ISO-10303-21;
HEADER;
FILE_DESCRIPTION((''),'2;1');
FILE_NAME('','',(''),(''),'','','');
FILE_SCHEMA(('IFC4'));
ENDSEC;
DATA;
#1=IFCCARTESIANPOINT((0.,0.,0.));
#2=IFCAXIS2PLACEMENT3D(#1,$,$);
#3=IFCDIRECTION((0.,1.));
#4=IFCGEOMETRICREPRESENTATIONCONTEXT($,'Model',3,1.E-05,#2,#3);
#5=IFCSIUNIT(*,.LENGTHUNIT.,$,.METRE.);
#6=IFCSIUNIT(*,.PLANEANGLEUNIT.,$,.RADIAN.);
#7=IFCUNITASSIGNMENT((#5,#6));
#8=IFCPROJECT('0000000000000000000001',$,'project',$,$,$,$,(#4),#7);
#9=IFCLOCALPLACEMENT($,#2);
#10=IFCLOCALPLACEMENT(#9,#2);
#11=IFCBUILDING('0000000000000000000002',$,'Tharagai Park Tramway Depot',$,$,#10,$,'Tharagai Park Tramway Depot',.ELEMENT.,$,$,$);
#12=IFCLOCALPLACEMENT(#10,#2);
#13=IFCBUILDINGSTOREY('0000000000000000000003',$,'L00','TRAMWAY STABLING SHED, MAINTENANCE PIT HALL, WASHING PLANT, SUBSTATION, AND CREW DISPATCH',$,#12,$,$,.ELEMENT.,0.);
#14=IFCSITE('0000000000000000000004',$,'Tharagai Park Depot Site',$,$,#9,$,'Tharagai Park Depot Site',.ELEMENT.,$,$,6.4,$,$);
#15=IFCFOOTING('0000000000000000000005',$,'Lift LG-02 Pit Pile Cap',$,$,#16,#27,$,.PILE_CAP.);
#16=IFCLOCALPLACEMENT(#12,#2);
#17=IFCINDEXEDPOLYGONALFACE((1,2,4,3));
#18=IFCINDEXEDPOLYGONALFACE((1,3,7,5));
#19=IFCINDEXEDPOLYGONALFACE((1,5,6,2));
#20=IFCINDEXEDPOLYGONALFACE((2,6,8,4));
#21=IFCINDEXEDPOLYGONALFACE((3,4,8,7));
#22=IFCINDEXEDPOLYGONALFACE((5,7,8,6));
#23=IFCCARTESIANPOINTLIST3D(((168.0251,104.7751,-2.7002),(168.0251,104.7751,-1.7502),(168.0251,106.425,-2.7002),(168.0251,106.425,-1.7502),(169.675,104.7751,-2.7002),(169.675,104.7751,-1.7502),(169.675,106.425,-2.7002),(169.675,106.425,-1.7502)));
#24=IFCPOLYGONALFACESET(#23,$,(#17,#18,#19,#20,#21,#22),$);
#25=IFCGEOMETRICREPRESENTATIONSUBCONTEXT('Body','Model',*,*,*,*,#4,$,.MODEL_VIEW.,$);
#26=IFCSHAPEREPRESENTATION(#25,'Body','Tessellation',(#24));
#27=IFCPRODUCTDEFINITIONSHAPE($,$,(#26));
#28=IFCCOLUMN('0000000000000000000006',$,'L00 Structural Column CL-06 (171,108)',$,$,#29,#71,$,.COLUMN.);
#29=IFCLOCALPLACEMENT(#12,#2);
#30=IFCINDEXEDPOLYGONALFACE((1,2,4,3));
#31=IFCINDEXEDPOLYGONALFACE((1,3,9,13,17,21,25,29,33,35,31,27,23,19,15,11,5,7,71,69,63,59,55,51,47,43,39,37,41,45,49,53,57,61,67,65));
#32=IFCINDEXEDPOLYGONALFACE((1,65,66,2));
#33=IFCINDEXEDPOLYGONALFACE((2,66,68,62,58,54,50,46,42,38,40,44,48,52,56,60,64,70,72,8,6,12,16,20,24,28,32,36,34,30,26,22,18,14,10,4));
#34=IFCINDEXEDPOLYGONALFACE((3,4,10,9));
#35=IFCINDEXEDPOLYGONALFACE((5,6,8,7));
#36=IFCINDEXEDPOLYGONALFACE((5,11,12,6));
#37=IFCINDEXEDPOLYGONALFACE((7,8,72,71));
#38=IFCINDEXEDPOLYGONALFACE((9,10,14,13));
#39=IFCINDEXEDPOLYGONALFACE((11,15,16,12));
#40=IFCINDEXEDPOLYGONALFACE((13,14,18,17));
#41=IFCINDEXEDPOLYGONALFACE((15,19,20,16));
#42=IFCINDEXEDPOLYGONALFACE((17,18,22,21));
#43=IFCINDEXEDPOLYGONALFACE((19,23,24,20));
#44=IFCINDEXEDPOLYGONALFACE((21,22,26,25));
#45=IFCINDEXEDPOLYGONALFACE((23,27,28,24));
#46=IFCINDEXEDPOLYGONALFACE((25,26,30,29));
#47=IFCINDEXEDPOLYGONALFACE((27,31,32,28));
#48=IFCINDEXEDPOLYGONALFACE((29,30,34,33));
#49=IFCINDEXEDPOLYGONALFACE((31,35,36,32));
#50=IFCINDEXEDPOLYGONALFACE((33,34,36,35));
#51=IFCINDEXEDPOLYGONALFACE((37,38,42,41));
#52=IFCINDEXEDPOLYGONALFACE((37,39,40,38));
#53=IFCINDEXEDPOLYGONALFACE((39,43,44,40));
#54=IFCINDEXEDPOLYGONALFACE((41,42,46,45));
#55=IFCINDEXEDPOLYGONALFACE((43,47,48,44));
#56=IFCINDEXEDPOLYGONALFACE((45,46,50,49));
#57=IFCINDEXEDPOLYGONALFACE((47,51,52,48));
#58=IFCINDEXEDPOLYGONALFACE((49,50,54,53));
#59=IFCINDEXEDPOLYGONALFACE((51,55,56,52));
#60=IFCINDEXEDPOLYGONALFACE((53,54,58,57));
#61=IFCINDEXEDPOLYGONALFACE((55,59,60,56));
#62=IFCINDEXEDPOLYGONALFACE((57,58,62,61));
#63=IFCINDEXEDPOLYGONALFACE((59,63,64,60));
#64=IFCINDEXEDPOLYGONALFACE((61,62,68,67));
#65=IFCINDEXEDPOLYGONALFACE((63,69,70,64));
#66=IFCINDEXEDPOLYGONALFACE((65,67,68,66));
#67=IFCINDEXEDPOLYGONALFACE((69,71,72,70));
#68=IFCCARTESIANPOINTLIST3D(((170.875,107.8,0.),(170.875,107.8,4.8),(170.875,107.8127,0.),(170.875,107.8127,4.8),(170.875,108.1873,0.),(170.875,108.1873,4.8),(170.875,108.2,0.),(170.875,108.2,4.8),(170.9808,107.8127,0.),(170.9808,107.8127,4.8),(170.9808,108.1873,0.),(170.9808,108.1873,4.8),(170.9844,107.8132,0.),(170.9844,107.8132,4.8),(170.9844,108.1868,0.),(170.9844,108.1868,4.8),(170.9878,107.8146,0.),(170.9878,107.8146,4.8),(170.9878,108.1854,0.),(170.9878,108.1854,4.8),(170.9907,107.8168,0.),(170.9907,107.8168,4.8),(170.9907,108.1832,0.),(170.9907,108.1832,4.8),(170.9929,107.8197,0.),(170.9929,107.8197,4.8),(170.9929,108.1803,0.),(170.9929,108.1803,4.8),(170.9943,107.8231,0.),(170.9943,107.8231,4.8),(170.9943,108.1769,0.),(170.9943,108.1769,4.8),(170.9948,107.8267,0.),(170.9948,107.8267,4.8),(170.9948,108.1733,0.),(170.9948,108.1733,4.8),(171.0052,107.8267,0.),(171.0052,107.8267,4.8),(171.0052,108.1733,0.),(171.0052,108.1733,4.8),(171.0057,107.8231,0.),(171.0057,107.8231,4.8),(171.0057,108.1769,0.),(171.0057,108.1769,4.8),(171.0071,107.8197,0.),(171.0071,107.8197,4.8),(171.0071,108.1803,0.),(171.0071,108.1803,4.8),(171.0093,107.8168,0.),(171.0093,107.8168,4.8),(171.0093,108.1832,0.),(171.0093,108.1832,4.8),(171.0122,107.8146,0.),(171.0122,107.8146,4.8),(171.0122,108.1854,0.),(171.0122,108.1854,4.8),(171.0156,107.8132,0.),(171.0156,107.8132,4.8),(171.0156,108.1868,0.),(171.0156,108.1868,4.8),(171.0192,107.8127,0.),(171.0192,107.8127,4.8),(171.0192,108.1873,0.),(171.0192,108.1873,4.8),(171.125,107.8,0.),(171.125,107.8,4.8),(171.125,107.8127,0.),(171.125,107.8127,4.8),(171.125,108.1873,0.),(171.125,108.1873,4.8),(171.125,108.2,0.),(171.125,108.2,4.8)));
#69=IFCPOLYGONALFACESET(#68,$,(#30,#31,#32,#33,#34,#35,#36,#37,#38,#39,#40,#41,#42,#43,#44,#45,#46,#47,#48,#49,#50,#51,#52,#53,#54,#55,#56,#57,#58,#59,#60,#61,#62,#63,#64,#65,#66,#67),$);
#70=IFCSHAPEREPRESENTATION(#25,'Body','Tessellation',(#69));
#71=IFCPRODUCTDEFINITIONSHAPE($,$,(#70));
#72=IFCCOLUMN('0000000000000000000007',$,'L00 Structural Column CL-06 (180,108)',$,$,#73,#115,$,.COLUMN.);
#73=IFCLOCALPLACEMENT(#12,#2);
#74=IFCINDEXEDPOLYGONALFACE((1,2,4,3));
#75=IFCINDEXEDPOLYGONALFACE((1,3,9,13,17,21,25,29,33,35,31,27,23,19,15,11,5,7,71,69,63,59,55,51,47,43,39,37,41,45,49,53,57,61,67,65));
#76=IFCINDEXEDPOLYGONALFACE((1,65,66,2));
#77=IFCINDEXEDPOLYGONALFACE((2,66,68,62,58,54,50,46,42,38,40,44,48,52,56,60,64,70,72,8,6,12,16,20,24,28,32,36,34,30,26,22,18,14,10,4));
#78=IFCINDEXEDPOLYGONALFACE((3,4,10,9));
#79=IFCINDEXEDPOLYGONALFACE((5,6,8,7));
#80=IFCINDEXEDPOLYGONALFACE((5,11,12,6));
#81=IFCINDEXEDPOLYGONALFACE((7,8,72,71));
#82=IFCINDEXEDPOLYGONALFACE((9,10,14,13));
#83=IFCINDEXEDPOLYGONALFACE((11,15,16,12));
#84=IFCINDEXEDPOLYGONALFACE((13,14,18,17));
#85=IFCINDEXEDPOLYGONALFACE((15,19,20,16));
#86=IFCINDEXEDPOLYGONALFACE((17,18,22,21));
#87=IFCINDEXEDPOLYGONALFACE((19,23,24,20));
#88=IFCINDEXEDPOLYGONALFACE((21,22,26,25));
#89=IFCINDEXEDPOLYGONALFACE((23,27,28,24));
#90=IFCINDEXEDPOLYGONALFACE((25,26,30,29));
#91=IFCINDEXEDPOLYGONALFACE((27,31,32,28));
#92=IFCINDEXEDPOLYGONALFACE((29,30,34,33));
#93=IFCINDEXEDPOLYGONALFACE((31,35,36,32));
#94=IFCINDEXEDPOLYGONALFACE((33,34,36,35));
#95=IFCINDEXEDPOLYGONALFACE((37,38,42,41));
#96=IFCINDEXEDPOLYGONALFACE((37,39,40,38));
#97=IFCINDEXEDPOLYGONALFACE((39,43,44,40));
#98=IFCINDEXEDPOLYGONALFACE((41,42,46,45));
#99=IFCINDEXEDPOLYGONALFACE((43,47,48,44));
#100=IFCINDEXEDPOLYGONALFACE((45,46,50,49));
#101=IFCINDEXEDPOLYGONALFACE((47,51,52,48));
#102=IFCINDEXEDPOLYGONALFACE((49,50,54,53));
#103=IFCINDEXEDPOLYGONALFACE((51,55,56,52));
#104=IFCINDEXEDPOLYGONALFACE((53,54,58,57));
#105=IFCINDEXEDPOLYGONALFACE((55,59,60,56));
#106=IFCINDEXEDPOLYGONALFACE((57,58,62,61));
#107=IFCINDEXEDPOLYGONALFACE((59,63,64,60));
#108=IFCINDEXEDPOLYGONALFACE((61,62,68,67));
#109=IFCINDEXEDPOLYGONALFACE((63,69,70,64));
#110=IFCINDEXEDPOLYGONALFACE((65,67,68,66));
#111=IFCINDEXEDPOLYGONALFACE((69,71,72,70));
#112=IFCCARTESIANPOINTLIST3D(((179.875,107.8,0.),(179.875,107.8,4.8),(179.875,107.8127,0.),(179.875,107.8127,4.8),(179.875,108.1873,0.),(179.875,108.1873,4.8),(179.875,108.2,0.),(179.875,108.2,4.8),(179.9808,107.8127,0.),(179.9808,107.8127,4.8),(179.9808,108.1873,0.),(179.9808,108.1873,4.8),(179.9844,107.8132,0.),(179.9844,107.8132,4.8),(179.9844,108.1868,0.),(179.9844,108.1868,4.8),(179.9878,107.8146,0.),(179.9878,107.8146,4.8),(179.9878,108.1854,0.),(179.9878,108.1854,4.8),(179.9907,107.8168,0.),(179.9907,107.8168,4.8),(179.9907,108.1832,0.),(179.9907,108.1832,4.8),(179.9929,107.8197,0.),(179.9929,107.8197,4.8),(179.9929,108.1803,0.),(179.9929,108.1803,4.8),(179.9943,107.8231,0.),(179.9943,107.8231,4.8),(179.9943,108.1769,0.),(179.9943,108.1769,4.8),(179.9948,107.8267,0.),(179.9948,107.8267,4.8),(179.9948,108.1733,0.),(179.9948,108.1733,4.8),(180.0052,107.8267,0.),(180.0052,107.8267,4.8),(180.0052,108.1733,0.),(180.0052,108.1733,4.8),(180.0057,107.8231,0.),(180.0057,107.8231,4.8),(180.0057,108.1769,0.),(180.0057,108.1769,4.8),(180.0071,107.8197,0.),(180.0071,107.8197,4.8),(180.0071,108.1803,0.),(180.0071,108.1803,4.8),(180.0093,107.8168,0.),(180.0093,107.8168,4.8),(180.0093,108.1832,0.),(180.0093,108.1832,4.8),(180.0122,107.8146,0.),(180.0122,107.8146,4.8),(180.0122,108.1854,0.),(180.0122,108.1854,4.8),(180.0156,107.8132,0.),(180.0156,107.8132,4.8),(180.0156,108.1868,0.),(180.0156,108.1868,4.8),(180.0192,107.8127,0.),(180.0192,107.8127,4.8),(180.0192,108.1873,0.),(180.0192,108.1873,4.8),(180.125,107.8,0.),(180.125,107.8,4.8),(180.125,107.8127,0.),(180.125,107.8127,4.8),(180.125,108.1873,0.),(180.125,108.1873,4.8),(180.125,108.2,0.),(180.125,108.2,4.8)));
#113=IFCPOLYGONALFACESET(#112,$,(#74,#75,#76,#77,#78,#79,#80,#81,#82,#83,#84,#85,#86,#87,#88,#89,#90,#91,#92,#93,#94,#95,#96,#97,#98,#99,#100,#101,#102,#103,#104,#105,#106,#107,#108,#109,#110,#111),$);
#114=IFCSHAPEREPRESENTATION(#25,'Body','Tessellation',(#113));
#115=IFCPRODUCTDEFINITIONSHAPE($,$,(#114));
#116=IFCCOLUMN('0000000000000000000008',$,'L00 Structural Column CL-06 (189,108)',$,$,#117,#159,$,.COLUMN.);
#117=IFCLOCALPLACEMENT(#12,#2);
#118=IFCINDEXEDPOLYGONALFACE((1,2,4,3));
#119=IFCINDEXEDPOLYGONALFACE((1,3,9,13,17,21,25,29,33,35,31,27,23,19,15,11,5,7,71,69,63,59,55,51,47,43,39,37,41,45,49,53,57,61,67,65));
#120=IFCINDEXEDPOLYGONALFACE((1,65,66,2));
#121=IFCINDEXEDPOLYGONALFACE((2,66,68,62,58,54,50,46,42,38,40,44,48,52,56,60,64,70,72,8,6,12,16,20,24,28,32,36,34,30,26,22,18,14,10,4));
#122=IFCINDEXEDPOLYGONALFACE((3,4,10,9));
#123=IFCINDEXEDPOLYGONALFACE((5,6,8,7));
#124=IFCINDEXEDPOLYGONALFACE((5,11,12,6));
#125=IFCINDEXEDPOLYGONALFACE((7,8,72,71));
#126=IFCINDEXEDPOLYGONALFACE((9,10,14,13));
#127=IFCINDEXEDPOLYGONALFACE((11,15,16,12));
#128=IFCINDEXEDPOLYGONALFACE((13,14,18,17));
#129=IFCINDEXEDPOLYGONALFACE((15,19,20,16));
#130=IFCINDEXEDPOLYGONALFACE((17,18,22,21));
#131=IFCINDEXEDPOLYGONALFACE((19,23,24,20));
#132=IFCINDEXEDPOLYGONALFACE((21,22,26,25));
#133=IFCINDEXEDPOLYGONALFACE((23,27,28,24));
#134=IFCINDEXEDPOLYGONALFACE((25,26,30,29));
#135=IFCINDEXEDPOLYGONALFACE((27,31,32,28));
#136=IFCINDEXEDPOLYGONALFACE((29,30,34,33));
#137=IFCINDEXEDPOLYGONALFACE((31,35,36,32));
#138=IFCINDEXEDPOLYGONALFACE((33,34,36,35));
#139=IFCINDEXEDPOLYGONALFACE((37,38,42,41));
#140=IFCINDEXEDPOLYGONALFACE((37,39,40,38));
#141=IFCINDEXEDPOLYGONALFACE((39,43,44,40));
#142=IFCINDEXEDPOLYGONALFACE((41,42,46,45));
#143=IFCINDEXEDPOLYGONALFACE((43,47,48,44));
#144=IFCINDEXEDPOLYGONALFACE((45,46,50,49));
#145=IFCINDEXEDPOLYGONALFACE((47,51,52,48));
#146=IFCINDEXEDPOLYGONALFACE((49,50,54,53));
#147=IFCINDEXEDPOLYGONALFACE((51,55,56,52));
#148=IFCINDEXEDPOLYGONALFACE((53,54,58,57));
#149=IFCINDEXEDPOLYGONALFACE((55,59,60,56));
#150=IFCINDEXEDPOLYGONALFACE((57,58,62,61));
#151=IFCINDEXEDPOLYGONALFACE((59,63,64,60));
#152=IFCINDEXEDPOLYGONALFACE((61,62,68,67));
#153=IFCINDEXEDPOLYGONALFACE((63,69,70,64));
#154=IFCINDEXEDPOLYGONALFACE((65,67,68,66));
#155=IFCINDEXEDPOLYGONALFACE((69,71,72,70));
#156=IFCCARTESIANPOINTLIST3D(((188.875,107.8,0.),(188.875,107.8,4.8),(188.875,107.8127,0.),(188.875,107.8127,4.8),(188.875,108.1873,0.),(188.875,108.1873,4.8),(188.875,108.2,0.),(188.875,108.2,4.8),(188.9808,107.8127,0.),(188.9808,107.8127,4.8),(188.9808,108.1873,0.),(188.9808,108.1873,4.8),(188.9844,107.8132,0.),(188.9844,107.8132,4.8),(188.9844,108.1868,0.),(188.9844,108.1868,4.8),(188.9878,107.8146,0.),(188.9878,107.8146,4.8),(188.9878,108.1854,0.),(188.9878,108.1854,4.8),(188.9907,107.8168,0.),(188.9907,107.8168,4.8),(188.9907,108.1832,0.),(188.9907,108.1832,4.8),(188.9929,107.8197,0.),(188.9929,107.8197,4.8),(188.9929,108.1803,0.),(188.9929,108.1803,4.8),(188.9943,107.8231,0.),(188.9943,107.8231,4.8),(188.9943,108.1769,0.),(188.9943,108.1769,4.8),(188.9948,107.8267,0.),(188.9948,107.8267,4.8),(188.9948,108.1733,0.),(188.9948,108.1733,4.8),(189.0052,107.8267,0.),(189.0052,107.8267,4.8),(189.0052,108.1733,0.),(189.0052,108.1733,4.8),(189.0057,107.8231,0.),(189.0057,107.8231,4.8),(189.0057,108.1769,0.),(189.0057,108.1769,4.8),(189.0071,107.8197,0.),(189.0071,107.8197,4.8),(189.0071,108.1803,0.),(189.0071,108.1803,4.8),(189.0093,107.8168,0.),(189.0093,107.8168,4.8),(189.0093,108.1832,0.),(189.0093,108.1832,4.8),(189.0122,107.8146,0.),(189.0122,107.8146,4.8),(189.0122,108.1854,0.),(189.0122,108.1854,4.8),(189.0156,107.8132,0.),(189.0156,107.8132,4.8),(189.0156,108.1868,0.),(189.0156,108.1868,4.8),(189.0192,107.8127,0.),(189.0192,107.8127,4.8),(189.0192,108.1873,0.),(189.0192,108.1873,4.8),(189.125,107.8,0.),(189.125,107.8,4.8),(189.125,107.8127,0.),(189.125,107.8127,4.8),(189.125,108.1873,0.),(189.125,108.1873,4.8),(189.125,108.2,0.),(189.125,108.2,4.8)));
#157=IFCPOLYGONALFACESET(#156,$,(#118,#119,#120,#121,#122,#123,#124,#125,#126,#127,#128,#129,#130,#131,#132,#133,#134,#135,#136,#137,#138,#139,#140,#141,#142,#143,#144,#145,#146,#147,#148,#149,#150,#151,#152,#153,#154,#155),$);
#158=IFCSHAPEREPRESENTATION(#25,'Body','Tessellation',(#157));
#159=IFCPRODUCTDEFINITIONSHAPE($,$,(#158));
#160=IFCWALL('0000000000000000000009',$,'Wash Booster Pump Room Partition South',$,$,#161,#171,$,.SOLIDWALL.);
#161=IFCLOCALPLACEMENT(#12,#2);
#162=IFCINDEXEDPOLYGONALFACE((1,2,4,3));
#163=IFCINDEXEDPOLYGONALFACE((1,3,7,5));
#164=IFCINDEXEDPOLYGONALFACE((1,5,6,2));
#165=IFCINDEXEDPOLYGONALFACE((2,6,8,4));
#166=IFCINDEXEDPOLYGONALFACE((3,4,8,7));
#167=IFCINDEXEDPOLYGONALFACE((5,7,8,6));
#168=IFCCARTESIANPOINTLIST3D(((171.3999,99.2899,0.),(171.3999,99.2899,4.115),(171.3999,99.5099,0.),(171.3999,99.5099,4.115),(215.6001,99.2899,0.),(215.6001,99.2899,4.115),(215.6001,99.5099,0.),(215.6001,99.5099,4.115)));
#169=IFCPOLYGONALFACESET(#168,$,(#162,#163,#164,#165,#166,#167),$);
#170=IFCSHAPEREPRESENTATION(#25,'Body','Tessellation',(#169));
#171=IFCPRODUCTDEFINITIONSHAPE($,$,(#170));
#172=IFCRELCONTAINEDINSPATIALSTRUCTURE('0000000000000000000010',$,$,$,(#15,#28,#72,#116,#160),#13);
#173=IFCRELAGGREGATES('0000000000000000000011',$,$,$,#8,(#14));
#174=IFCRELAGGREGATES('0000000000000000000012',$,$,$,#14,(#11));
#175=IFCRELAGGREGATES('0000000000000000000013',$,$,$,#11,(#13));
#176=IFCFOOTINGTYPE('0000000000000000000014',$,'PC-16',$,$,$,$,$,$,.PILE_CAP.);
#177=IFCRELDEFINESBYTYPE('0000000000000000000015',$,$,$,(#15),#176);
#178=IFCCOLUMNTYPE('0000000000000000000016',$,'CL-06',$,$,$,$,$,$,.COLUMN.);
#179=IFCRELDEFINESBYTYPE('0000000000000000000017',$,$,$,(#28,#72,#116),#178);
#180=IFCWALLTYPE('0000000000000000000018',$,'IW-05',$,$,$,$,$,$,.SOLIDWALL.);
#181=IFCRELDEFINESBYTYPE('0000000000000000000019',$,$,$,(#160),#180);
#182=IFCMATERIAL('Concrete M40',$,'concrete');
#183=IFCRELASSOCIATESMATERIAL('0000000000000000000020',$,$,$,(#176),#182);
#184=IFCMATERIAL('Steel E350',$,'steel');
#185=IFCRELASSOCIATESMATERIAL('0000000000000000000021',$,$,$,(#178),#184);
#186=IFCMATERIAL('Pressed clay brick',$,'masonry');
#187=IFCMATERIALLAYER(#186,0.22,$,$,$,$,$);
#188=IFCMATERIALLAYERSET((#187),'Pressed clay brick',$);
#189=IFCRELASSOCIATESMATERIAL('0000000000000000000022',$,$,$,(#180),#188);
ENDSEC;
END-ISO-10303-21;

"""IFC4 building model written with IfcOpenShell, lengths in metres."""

from ifc_helpers import new_model, si_unit, direction, frame, frame_2d, origin, origin_2d, place, context, subcontext, project, spatial, rectangle, i_section, extrude, material, layer, layer_set, material_profile, profile_set, type_object, element, save


model = new_model("IFC4")

# Units and contexts
model_context = context("Model", 3, precision=1e-05, world=origin(), true_north=direction((0.0, 1.0)))
body_context = subcontext(model_context, "Body", "Model", "MODEL_VIEW")
ifc_project = project(units=[si_unit("LENGTHUNIT", "METRE"), si_unit("PLANEANGLEUNIT", "RADIAN")], contexts=[model_context])

# Site, building, storey
site_placement = place(None, origin())
site = spatial("IfcSite", under=ifc_project, at=site_placement, Name="Tharagai Park Depot Site", LongName="Tharagai Park Depot Site", CompositionType="ELEMENT", RefElevation=6.4)
building_placement = place(site_placement, origin())
building = spatial("IfcBuilding", under=site, at=building_placement, Name="Tharagai Park Tramway Depot", LongName="Tharagai Park Tramway Depot", CompositionType="ELEMENT")
storey_placement = place(building_placement, origin())
storey = spatial("IfcBuildingStorey", under=building, at=storey_placement, Name="L00", Description="TRAMWAY STABLING SHED, MAINTENANCE PIT HALL, WASHING PLANT, SUBSTATION, AND CREW DISPATCH", CompositionType="ELEMENT", Elevation=0.0)

# Shared definitions
ifc_material_1 = material(Name="Concrete M40", Category="concrete")

# Footing
footing_type_1 = type_object("IfcFootingType", Name="PC-16", PredefinedType="PILE_CAP", material=ifc_material_1)
footing_1_placement = place(storey_placement, frame((168.8501, 105.6001, -2.7002), z_axis=(0.0, 0.0, 1.0), x_axis=(1.0, 0.0, 0.0)))
element("IfcFooting", 1, at=footing_1_placement, inside=storey, type_object=footing_type_1, Name="Lift LG-02 Pit Pile Cap", PredefinedType="PILE_CAP", context=body_context, shape_type="SweptSolid", body=[
    extrude(rectangle(XDim=1.6499, YDim=1.6499, at=origin_2d()), origin(), (0.0, 0.0, 1.0), 0.95),
])

# Columns
ifc_material_2 = material(Name="Steel E350", Category="steel")
ifc_material_profile_1 = material_profile(ifc_material_2, i_section(OverallWidth=0.25, OverallDepth=0.3999, WebThickness=0.0105, FlangeThickness=0.0127, FilletRadius=0.0139, at=origin_2d()), Name="ISHB 400")
ifc_profile_set_1 = profile_set([ifc_material_profile_1], Name="Steel E350")
column_type = type_object("IfcColumnType", Name="CL-06", PredefinedType="COLUMN", material=ifc_profile_set_1)
for number, where, z_axis, x_axis, name in (
    (2, (171.0, 108.0, 0.0), (0.0, 0.0, 1.0), (1.0, 0.0, 0.0), "L00 Structural Column CL-06 (171,108)"),
    (3, (180.0, 108.0, 0.0), (0.0, 0.0, 1.0), (1.0, 0.0, 0.0), "L00 Structural Column CL-06 (180,108)"),
    (4, (189.0, 108.0, 0.0), (0.0, 0.0, 1.0), (1.0, 0.0, 0.0), "L00 Structural Column CL-06 (189,108)"),
):
    element("IfcColumn", number, at=place(storey_placement, frame(where, z_axis=z_axis, x_axis=x_axis)), inside=storey, type_object=column_type, Name=name, PredefinedType="COLUMN", context=body_context, shape_type="SweptSolid", body=[
        extrude(i_section(OverallWidth=0.25, OverallDepth=0.3999, WebThickness=0.0105, FlangeThickness=0.0127, FilletRadius=0.0139, at=origin_2d()), origin(), (0.0, 0.0, 1.0), 4.8),
    ])

# Wall
ifc_material_3 = material(Name="Pressed clay brick", Category="masonry")
ifc_layer_1 = layer(ifc_material_3, 0.22)
ifc_layer_set_1 = layer_set([ifc_layer_1], Name="Pressed clay brick")
wall_type_1 = type_object("IfcWallType", Name="IW-05", PredefinedType="SOLIDWALL", material=ifc_layer_set_1)
wall_1_placement = place(storey_placement, frame((171.3999, 99.3999, 0.0), z_axis=(0.0, 0.0, 1.0), x_axis=(1.0, 0.0, 0.0)))
element("IfcWall", 5, at=wall_1_placement, inside=storey, type_object=wall_type_1, Name="Wash Booster Pump Room Partition South", PredefinedType="SOLIDWALL", context=body_context, shape_type="SweptSolid", body=[
    extrude(rectangle(XDim=44.2002, YDim=0.22, at=frame_2d((22.1001, 0.0))), origin(), (0.0, 0.0, 1.0), 4.115),
])

save(model, "model.ifc")
